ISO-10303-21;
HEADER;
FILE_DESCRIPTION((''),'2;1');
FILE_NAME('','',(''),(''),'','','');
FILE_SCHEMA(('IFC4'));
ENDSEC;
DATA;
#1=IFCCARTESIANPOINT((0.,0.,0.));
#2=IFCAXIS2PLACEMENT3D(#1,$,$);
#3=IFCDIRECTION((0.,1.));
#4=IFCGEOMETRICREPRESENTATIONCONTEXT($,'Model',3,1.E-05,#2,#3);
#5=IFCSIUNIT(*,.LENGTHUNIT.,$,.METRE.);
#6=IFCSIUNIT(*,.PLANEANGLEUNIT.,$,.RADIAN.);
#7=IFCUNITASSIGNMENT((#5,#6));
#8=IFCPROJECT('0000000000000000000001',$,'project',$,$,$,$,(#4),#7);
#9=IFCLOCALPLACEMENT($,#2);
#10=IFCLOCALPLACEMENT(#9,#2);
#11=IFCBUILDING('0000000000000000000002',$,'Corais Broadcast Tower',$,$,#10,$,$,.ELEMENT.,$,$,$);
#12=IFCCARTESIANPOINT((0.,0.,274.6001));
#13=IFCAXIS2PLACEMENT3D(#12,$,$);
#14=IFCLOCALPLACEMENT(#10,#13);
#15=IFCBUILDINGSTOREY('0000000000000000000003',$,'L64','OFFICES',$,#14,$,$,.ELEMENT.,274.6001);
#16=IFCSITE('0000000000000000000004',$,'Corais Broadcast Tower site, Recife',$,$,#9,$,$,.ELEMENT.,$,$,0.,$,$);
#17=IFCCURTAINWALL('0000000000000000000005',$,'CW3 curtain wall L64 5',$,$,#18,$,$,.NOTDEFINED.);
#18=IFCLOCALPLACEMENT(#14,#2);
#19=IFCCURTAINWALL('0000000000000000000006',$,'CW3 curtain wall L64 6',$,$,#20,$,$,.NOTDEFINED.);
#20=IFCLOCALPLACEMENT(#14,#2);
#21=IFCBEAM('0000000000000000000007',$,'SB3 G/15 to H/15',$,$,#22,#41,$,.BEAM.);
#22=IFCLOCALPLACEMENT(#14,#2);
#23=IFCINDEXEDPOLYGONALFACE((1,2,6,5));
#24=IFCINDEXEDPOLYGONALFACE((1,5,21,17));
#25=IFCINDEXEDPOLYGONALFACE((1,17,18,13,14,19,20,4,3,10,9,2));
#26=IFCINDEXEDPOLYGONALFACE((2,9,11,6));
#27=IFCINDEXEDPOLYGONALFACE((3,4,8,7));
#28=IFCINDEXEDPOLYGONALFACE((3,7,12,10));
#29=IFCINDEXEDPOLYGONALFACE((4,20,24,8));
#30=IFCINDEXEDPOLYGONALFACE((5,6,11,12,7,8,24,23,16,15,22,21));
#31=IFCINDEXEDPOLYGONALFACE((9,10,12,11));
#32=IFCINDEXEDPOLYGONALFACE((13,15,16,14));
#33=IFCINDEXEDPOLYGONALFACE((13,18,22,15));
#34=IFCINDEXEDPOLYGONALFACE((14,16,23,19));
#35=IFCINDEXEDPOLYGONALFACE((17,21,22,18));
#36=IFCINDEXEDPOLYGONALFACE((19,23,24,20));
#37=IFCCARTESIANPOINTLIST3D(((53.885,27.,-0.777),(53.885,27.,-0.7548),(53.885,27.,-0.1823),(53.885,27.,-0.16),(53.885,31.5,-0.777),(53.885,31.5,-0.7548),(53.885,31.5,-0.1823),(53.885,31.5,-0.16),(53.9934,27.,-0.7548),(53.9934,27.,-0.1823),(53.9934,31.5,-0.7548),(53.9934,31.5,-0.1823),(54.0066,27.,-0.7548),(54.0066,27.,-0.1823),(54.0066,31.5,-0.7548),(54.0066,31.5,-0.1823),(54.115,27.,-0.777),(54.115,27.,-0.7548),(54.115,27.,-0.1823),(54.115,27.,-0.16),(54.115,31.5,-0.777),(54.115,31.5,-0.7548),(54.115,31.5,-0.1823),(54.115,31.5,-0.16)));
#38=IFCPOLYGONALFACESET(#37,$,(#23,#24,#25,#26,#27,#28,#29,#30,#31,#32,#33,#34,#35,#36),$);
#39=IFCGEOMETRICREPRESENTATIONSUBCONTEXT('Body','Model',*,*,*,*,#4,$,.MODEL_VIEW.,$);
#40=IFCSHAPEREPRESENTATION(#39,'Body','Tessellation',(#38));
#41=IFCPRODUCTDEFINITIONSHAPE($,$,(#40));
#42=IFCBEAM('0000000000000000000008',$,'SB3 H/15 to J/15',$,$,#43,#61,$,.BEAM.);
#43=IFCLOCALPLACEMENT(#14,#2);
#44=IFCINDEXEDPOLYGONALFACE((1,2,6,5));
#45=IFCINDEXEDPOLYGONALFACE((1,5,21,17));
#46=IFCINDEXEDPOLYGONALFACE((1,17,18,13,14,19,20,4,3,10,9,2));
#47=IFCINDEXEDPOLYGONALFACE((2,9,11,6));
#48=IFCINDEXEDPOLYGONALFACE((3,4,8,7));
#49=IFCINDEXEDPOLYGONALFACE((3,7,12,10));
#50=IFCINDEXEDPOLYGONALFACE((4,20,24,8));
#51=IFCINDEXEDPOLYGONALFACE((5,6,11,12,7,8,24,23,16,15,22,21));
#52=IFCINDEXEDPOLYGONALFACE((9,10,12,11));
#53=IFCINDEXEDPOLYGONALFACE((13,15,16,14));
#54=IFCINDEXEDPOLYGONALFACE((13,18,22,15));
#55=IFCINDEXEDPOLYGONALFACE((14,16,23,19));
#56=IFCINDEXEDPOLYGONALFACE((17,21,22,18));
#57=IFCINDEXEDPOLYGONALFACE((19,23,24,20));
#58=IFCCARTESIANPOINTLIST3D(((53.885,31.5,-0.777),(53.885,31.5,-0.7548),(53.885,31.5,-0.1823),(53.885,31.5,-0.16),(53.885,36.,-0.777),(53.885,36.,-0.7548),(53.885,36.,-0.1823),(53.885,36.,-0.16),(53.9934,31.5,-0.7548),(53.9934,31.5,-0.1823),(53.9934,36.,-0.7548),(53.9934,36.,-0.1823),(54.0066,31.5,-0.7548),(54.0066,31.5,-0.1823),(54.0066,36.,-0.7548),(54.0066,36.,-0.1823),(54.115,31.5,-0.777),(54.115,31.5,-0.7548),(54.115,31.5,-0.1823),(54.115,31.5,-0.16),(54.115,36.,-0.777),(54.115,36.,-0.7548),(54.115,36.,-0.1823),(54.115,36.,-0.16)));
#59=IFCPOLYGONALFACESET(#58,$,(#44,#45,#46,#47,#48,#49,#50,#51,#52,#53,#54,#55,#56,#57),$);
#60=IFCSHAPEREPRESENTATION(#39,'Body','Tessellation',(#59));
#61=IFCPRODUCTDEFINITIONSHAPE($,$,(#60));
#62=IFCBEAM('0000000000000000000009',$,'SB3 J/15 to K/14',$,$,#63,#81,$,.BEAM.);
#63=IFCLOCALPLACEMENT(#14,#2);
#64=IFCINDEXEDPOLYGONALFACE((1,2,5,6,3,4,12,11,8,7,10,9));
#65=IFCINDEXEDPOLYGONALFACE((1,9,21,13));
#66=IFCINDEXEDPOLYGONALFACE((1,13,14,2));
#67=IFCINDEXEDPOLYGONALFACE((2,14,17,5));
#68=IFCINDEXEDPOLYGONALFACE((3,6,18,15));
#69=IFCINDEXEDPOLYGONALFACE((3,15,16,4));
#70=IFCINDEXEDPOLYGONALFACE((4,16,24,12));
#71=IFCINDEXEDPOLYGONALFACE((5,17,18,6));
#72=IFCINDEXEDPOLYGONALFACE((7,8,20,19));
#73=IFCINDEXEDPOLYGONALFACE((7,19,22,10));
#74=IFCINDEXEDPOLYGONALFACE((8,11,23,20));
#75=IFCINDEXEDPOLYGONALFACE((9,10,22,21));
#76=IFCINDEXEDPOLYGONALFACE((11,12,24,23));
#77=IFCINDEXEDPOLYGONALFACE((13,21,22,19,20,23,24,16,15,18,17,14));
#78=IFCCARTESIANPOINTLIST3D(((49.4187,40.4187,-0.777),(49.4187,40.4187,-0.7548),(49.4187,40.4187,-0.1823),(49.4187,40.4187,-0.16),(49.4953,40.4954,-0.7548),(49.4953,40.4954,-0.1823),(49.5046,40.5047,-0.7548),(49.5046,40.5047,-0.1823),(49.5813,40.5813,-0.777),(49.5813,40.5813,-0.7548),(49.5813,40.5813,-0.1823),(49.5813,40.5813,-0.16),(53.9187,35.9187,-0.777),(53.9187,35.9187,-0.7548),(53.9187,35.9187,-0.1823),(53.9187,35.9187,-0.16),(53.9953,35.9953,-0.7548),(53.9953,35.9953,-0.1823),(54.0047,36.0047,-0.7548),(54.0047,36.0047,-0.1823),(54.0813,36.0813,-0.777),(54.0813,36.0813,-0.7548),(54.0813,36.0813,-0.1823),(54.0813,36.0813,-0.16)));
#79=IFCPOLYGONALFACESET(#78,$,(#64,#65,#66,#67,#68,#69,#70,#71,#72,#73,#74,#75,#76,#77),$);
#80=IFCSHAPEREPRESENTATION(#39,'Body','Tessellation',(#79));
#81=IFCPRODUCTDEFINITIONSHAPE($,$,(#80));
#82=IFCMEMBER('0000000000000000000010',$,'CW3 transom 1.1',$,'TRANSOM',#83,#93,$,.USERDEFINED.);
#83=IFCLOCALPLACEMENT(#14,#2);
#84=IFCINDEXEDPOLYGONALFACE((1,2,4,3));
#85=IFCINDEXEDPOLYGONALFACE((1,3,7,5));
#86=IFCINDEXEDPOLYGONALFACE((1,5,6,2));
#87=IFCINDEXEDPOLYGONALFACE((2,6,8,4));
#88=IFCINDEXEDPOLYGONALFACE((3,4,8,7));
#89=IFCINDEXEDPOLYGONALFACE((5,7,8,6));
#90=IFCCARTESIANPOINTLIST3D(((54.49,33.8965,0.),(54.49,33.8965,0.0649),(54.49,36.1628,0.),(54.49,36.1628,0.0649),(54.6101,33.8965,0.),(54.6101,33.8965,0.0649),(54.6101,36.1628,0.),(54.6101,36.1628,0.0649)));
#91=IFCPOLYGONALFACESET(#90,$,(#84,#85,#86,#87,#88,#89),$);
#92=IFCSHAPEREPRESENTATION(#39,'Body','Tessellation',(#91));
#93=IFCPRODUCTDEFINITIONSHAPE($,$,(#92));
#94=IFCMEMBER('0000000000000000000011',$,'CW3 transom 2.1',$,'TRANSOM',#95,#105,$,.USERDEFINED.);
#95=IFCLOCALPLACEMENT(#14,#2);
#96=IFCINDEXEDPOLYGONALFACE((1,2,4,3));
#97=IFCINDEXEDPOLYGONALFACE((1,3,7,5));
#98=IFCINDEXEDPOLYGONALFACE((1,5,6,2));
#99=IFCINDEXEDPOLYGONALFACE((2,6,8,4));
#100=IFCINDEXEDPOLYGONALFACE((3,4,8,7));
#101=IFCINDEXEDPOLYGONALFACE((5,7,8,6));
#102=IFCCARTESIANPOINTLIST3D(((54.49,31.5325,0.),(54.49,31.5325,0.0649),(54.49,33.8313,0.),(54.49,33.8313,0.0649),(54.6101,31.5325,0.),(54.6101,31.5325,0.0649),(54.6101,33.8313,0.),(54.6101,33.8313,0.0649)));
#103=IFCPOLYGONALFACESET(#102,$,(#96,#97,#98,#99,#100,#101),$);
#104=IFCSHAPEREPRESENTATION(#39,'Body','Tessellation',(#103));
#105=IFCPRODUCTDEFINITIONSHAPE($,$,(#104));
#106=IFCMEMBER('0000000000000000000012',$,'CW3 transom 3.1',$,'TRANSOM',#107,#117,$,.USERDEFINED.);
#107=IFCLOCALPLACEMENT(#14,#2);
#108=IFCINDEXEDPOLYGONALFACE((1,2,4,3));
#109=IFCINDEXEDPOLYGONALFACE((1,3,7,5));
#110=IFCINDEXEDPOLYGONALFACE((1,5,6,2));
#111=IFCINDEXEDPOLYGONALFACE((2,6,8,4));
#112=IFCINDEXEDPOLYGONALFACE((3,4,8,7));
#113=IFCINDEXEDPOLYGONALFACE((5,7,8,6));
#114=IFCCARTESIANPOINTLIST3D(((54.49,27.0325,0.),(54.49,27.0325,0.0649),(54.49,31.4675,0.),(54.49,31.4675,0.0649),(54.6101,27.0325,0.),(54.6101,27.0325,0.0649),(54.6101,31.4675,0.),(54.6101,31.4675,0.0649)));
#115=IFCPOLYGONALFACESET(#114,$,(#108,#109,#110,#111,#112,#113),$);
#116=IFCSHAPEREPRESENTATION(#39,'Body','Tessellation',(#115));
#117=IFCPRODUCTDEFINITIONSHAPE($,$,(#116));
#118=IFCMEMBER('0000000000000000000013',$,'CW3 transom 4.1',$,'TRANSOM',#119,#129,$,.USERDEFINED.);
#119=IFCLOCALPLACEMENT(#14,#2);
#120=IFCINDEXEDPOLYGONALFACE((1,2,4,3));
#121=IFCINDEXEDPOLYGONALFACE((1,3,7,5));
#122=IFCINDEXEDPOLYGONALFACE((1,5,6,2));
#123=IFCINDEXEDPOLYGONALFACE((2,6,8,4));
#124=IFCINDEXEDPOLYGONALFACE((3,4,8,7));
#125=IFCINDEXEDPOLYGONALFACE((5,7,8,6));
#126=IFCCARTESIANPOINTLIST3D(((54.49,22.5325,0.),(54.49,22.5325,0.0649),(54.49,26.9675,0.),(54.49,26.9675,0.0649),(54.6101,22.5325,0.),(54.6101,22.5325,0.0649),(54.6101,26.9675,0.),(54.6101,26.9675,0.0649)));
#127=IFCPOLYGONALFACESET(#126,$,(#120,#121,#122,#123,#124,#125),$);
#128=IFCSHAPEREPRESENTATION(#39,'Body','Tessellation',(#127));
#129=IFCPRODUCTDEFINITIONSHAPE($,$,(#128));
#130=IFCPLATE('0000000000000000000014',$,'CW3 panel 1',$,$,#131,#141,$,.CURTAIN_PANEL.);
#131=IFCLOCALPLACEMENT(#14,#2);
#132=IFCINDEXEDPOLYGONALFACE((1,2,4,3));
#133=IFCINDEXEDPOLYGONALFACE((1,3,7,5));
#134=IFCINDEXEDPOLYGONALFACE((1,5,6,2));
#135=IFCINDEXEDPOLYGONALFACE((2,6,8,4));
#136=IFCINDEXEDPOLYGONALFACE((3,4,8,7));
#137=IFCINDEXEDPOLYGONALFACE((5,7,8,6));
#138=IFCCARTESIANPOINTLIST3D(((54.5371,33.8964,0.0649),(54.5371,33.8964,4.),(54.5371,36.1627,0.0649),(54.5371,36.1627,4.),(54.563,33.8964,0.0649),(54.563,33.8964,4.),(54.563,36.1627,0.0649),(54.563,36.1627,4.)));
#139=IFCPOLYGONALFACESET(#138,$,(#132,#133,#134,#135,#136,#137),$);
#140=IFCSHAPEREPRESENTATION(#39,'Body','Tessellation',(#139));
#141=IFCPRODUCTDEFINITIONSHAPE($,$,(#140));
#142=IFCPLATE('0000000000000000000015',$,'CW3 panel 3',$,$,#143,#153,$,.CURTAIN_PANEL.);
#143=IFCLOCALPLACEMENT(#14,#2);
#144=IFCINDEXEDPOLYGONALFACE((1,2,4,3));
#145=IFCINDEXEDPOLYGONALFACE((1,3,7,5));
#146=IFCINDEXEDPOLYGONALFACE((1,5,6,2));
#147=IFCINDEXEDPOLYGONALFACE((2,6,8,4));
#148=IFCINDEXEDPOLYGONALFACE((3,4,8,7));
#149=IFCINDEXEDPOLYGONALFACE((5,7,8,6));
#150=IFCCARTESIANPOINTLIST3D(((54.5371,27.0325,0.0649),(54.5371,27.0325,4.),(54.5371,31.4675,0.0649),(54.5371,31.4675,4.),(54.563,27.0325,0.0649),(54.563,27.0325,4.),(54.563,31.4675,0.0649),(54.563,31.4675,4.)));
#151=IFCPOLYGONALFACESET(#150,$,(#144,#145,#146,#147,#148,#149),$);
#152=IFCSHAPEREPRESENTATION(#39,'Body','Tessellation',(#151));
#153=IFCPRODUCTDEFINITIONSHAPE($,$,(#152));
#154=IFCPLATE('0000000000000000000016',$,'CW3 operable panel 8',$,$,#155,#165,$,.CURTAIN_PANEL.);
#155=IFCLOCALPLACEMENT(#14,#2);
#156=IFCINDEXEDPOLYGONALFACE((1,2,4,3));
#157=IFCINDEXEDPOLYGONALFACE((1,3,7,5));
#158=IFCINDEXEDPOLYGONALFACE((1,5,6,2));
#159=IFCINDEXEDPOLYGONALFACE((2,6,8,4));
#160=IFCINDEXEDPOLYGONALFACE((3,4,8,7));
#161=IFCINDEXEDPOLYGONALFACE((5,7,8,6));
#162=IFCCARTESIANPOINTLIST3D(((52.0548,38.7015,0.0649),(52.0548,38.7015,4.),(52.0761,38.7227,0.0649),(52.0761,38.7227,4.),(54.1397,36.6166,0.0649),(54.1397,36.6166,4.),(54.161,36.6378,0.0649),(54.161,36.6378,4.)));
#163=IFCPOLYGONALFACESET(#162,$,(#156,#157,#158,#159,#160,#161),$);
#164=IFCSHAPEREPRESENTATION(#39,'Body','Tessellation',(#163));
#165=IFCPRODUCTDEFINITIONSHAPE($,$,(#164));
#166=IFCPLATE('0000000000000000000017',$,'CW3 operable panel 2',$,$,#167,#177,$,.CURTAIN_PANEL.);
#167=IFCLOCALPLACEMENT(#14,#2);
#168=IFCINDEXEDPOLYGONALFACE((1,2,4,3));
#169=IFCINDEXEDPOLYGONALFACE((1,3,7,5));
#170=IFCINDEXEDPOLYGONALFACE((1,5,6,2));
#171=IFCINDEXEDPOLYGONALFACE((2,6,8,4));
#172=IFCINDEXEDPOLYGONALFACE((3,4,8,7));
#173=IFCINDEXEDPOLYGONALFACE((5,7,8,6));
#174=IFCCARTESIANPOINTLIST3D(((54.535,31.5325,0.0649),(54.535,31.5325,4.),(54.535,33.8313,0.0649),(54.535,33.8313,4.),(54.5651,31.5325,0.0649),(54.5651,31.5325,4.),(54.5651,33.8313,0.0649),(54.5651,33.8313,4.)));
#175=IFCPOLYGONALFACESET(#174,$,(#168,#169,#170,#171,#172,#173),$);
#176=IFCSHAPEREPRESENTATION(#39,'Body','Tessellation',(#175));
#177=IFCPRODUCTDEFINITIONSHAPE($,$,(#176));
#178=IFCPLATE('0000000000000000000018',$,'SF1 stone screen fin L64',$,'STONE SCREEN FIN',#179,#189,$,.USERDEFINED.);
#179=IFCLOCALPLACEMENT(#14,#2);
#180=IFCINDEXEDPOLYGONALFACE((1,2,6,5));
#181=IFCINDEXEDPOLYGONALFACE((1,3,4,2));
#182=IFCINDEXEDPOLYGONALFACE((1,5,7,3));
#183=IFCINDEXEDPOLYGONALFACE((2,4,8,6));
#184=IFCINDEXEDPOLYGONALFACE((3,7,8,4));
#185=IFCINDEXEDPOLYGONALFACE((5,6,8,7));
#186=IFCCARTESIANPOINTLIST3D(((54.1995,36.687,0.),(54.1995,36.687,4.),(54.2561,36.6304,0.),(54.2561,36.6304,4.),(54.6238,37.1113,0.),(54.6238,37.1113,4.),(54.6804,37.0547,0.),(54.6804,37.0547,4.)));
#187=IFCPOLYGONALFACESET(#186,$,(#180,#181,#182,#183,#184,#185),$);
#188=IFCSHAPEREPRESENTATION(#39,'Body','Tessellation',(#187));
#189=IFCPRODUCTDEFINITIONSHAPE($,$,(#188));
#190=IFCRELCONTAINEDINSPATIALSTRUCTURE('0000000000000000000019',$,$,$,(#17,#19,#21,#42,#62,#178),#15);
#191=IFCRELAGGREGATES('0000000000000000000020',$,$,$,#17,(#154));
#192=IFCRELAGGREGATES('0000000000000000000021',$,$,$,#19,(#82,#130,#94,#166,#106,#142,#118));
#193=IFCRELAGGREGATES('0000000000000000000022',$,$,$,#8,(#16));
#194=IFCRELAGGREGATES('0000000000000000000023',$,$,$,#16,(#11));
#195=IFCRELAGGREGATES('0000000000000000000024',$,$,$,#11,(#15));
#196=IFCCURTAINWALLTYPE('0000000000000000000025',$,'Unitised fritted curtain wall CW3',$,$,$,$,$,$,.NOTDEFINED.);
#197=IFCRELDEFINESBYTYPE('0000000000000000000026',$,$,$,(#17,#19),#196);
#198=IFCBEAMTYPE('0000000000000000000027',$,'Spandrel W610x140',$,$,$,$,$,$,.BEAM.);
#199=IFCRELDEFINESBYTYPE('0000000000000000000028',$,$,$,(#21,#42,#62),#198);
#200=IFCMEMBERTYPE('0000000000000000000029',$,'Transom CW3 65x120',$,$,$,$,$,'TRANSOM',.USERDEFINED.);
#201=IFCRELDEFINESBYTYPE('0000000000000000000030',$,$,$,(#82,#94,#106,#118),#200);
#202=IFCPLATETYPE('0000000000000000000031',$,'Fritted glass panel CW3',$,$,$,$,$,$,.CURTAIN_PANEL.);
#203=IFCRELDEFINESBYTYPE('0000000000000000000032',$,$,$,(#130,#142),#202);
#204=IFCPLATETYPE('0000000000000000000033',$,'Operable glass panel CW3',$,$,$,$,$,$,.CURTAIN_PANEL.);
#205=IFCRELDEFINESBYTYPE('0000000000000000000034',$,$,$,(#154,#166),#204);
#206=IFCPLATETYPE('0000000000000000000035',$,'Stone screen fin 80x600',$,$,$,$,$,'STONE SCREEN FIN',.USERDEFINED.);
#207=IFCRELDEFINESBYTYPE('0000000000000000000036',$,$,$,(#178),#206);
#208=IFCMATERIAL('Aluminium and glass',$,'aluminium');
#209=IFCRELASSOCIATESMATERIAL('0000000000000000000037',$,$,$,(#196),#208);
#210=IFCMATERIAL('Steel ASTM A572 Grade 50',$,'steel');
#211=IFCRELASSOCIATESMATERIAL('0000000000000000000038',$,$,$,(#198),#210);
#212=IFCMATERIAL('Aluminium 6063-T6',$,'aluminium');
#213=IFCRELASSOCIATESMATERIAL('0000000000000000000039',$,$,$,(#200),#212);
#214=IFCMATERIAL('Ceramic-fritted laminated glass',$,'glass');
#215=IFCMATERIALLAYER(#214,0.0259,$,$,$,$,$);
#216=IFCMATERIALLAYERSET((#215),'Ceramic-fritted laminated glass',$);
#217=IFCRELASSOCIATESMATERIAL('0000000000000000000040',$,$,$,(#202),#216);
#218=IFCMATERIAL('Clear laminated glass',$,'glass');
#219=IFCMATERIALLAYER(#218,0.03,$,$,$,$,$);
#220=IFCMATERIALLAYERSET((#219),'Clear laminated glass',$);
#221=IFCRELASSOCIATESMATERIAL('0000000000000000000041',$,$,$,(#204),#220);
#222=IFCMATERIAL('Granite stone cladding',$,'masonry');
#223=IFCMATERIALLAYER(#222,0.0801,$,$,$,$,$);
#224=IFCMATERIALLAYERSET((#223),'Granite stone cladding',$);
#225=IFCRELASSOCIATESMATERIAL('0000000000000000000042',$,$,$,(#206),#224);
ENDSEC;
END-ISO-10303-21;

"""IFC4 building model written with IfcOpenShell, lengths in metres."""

from ifc_helpers import new_model, si_unit, direction, frame, origin, origin_2d, place, context, subcontext, project, spatial, rectangle, i_section, extrude, material, layer, layer_set, material_profile, profile_set, type_object, element, aggregate, save


model = new_model("IFC4")

# Units and contexts
model_context = context("Model", 3, precision=1e-05, world=origin(), true_north=direction((0.0, 1.0)))
body_context = subcontext(model_context, "Body", "Model", "MODEL_VIEW")
ifc_project = project(units=[si_unit("LENGTHUNIT", "METRE"), si_unit("PLANEANGLEUNIT", "RADIAN")], contexts=[model_context])

# Site, building, storey
site_placement = place(None, origin())
site = spatial("IfcSite", under=ifc_project, at=site_placement, Name="Corais Broadcast Tower site, Recife", CompositionType="ELEMENT", RefElevation=0.0)
building_placement = place(site_placement, origin())
building = spatial("IfcBuilding", under=site, at=building_placement, Name="Corais Broadcast Tower", CompositionType="ELEMENT")
storey_placement = place(building_placement, frame((0.0, 0.0, 274.6001)))
storey = spatial("IfcBuildingStorey", under=building, at=storey_placement, Name="L64", Description="OFFICES", CompositionType="ELEMENT", Elevation=274.6001)

# Curtain wall
ifc_material_1 = material(Name="Aluminium and glass", Category="aluminium")
curtain_wall_type = type_object("IfcCurtainWallType", Name="Unitised fritted curtain wall CW3", PredefinedType="NOTDEFINED", material=ifc_material_1)
curtain_wall_1_placement = place(storey_placement, origin())
curtain_wall_1 = element("IfcCurtainWall", 1, at=curtain_wall_1_placement, inside=storey, type_object=curtain_wall_type, Name="CW3 curtain wall L64 5", PredefinedType="NOTDEFINED")

# Curtain wall
curtain_wall_2_placement = place(storey_placement, origin())
curtain_wall_2 = element("IfcCurtainWall", 2, at=curtain_wall_2_placement, inside=storey, type_object=curtain_wall_type, Name="CW3 curtain wall L64 6", PredefinedType="NOTDEFINED")

# Beams
ifc_material_2 = material(Name="Steel ASTM A572 Grade 50", Category="steel")
ifc_material_profile_1 = material_profile(ifc_material_2, i_section(OverallWidth=0.23, OverallDepth=0.6169, WebThickness=0.0132, FlangeThickness=0.0222, at=origin_2d()), Name="W610x140")
ifc_profile_set_1 = profile_set([ifc_material_profile_1], Name="Steel ASTM A572 Grade 50")
beam_type_1 = type_object("IfcBeamType", Name="Spandrel W610x140", PredefinedType="BEAM", material=ifc_profile_set_1)
for number, where, z_axis, x_axis, name in (
    (3, (54.0, 27.0, -0.4685), (0.0, 1.0, 0.0), (-1.0, 0.0, 0.0), "SB3 G/15 to H/15"),
    (4, (54.0, 31.5, -0.4685), (0.0, 1.0, 0.0), (-1.0, 0.0, 0.0), "SB3 H/15 to J/15"),
):
    element("IfcBeam", number, at=place(storey_placement, frame(where, z_axis=z_axis, x_axis=x_axis)), inside=storey, type_object=beam_type_1, Name=name, PredefinedType="BEAM", context=body_context, shape_type="SweptSolid", body=[
        extrude(i_section(OverallWidth=0.23, OverallDepth=0.6169, WebThickness=0.0132, FlangeThickness=0.0222, at=origin_2d()), origin(), (0.0, 0.0, 1.0), 4.5),
    ])
beam_placement = place(storey_placement, frame((54.0, 36.0, -0.4685), z_axis=(-0.707107, 0.707107, 0.0), x_axis=(-0.707107, -0.707107, 0.0)))
element("IfcBeam", 5, at=beam_placement, inside=storey, type_object=beam_type_1, Name="SB3 J/15 to K/14", PredefinedType="BEAM", context=body_context, shape_type="SweptSolid", body=[
    extrude(i_section(OverallWidth=0.23, OverallDepth=0.6169, WebThickness=0.0132, FlangeThickness=0.0222, at=origin_2d()), origin(), (0.0, 0.0, 1.0), 6.364),
])

# Members
ifc_material_3 = material(Name="Aluminium 6063-T6", Category="aluminium")
ifc_material_profile_2 = material_profile(ifc_material_3, rectangle(XDim=0.1201, YDim=0.0649, at=origin_2d()), Name="Transom CW3 65x120")
ifc_profile_set_2 = profile_set([ifc_material_profile_2], Name="Aluminium 6063-T6")
member_type_1 = type_object("IfcMemberType", Name="Transom CW3 65x120", ElementType="TRANSOM", PredefinedType="USERDEFINED", material=ifc_profile_set_2)
member_1_placement = place(storey_placement, frame((54.55, 36.1628, 0.0325), z_axis=(0.0, -1.0, 0.0), x_axis=(1.0, 0.0, 0.0)))
member_1 = element("IfcMember", 6, at=member_1_placement, type_object=member_type_1, Name="CW3 transom 1.1", ObjectType="TRANSOM", PredefinedType="USERDEFINED", context=body_context, shape_type="SweptSolid", body=[
    extrude(rectangle(XDim=0.1201, YDim=0.0649, at=origin_2d()), origin(), (0.0, 0.0, 1.0), 2.2664),
])
member_2_placement = place(storey_placement, frame((54.55, 33.8313, 0.0325), z_axis=(0.0, -1.0, 0.0), x_axis=(1.0, 0.0, 0.0)))
member_2 = element("IfcMember", 7, at=member_2_placement, type_object=member_type_1, Name="CW3 transom 2.1", ObjectType="TRANSOM", PredefinedType="USERDEFINED", context=body_context, shape_type="SweptSolid", body=[
    extrude(rectangle(XDim=0.1201, YDim=0.0649, at=origin_2d()), origin(), (0.0, 0.0, 1.0), 2.2988),
])
member_3_placement = place(storey_placement, frame((54.55, 31.4675, 0.0325), z_axis=(0.0, -1.0, 0.0), x_axis=(1.0, 0.0, 0.0)))
member_3 = element("IfcMember", 8, at=member_3_placement, type_object=member_type_1, Name="CW3 transom 3.1", ObjectType="TRANSOM", PredefinedType="USERDEFINED", context=body_context, shape_type="SweptSolid", body=[
    extrude(rectangle(XDim=0.1201, YDim=0.0649, at=origin_2d()), origin(), (0.0, 0.0, 1.0), 4.4351),
])
member_4_placement = place(storey_placement, frame((54.55, 26.9675, 0.0325), z_axis=(0.0, -1.0, 0.0), x_axis=(1.0, 0.0, 0.0)))
member_4 = element("IfcMember", 9, at=member_4_placement, type_object=member_type_1, Name="CW3 transom 4.1", ObjectType="TRANSOM", PredefinedType="USERDEFINED", context=body_context, shape_type="SweptSolid", body=[
    extrude(rectangle(XDim=0.1201, YDim=0.0649, at=origin_2d()), origin(), (0.0, 0.0, 1.0), 4.4351),
])

# Plates
ifc_material_4 = material(Name="Ceramic-fritted laminated glass", Category="glass")
ifc_layer_1 = layer(ifc_material_4, 0.0259)
ifc_layer_set_1 = layer_set([ifc_layer_1], Name="Ceramic-fritted laminated glass")
plate_type_1 = type_object("IfcPlateType", Name="Fritted glass panel CW3", PredefinedType="CURTAIN_PANEL", material=ifc_layer_set_1)
plate_1_placement = place(storey_placement, frame((54.55, 35.0295, 0.0649), z_axis=(0.0, 0.0, 1.0), x_axis=(0.0, -1.0, 0.0)))
plate_1 = element("IfcPlate", 10, at=plate_1_placement, type_object=plate_type_1, Name="CW3 panel 1", PredefinedType="CURTAIN_PANEL", context=body_context, shape_type="SweptSolid", body=[
    extrude(rectangle(XDim=2.2664, YDim=0.0259, at=origin_2d()), origin(), (0.0, 0.0, 1.0), 3.9351),
])
plate_2_placement = place(storey_placement, frame((54.55, 29.25, 0.0649), z_axis=(0.0, 0.0, 1.0), x_axis=(0.0, -1.0, 0.0)))
plate_2 = element("IfcPlate", 11, at=plate_2_placement, type_object=plate_type_1, Name="CW3 panel 3", PredefinedType="CURTAIN_PANEL", context=body_context, shape_type="SweptSolid", body=[
    extrude(rectangle(XDim=4.4351, YDim=0.0259, at=origin_2d()), origin(), (0.0, 0.0, 1.0), 3.9351),
])
ifc_material_5 = material(Name="Clear laminated glass", Category="glass")
ifc_layer_2 = layer(ifc_material_5, 0.03)
ifc_layer_set_2 = layer_set([ifc_layer_2], Name="Clear laminated glass")
plate_type_2 = type_object("IfcPlateType", Name="Operable glass panel CW3", PredefinedType="CURTAIN_PANEL", material=ifc_layer_set_2)
plate_3_placement = place(storey_placement, frame((53.1079, 37.6697, 0.0649), z_axis=(0.0, 0.0, 1.0), x_axis=(0.707107, -0.707107, 0.0)))
plate_3 = element("IfcPlate", 12, at=plate_3_placement, type_object=plate_type_2, Name="CW3 operable panel 8", PredefinedType="CURTAIN_PANEL", context=body_context, shape_type="SweptSolid", body=[
    extrude(rectangle(XDim=2.9485, YDim=0.03, at=origin_2d()), origin(), (0.0, 0.0, 1.0), 3.9351),
])
aggregate(curtain_wall_1, [plate_3])
plate_4_placement = place(storey_placement, frame((54.55, 32.6819, 0.0649), z_axis=(0.0, 0.0, 1.0), x_axis=(0.0, -1.0, 0.0)))
plate_4 = element("IfcPlate", 13, at=plate_4_placement, type_object=plate_type_2, Name="CW3 operable panel 2", PredefinedType="CURTAIN_PANEL", context=body_context, shape_type="SweptSolid", body=[
    extrude(rectangle(XDim=2.2988, YDim=0.03, at=origin_2d()), origin(), (0.0, 0.0, 1.0), 3.9351),
])
aggregate(curtain_wall_2, [member_1, plate_1, member_2, plate_4, member_3, plate_2, member_4])
ifc_material_6 = material(Name="Granite stone cladding", Category="masonry")
ifc_layer_3 = layer(ifc_material_6, 0.0801)
ifc_layer_set_3 = layer_set([ifc_layer_3], Name="Granite stone cladding")
plate_type_3 = type_object("IfcPlateType", Name="Stone screen fin 80x600", ElementType="STONE SCREEN FIN", PredefinedType="USERDEFINED", material=ifc_layer_set_3)
plate_5_placement = place(storey_placement, frame((54.4399, 36.8708, 0.0), z_axis=(0.0, 0.0, 1.0), x_axis=(0.707107, -0.707107, 0.0)))
element("IfcPlate", 14, at=plate_5_placement, inside=storey, type_object=plate_type_3, Name="SF1 stone screen fin L64", ObjectType="STONE SCREEN FIN", PredefinedType="USERDEFINED", context=body_context, shape_type="SweptSolid", body=[
    extrude(rectangle(XDim=0.0801, YDim=0.6001, at=origin_2d()), origin(), (0.0, 0.0, 1.0), 4.0),
])

save(model, "model.ifc")
